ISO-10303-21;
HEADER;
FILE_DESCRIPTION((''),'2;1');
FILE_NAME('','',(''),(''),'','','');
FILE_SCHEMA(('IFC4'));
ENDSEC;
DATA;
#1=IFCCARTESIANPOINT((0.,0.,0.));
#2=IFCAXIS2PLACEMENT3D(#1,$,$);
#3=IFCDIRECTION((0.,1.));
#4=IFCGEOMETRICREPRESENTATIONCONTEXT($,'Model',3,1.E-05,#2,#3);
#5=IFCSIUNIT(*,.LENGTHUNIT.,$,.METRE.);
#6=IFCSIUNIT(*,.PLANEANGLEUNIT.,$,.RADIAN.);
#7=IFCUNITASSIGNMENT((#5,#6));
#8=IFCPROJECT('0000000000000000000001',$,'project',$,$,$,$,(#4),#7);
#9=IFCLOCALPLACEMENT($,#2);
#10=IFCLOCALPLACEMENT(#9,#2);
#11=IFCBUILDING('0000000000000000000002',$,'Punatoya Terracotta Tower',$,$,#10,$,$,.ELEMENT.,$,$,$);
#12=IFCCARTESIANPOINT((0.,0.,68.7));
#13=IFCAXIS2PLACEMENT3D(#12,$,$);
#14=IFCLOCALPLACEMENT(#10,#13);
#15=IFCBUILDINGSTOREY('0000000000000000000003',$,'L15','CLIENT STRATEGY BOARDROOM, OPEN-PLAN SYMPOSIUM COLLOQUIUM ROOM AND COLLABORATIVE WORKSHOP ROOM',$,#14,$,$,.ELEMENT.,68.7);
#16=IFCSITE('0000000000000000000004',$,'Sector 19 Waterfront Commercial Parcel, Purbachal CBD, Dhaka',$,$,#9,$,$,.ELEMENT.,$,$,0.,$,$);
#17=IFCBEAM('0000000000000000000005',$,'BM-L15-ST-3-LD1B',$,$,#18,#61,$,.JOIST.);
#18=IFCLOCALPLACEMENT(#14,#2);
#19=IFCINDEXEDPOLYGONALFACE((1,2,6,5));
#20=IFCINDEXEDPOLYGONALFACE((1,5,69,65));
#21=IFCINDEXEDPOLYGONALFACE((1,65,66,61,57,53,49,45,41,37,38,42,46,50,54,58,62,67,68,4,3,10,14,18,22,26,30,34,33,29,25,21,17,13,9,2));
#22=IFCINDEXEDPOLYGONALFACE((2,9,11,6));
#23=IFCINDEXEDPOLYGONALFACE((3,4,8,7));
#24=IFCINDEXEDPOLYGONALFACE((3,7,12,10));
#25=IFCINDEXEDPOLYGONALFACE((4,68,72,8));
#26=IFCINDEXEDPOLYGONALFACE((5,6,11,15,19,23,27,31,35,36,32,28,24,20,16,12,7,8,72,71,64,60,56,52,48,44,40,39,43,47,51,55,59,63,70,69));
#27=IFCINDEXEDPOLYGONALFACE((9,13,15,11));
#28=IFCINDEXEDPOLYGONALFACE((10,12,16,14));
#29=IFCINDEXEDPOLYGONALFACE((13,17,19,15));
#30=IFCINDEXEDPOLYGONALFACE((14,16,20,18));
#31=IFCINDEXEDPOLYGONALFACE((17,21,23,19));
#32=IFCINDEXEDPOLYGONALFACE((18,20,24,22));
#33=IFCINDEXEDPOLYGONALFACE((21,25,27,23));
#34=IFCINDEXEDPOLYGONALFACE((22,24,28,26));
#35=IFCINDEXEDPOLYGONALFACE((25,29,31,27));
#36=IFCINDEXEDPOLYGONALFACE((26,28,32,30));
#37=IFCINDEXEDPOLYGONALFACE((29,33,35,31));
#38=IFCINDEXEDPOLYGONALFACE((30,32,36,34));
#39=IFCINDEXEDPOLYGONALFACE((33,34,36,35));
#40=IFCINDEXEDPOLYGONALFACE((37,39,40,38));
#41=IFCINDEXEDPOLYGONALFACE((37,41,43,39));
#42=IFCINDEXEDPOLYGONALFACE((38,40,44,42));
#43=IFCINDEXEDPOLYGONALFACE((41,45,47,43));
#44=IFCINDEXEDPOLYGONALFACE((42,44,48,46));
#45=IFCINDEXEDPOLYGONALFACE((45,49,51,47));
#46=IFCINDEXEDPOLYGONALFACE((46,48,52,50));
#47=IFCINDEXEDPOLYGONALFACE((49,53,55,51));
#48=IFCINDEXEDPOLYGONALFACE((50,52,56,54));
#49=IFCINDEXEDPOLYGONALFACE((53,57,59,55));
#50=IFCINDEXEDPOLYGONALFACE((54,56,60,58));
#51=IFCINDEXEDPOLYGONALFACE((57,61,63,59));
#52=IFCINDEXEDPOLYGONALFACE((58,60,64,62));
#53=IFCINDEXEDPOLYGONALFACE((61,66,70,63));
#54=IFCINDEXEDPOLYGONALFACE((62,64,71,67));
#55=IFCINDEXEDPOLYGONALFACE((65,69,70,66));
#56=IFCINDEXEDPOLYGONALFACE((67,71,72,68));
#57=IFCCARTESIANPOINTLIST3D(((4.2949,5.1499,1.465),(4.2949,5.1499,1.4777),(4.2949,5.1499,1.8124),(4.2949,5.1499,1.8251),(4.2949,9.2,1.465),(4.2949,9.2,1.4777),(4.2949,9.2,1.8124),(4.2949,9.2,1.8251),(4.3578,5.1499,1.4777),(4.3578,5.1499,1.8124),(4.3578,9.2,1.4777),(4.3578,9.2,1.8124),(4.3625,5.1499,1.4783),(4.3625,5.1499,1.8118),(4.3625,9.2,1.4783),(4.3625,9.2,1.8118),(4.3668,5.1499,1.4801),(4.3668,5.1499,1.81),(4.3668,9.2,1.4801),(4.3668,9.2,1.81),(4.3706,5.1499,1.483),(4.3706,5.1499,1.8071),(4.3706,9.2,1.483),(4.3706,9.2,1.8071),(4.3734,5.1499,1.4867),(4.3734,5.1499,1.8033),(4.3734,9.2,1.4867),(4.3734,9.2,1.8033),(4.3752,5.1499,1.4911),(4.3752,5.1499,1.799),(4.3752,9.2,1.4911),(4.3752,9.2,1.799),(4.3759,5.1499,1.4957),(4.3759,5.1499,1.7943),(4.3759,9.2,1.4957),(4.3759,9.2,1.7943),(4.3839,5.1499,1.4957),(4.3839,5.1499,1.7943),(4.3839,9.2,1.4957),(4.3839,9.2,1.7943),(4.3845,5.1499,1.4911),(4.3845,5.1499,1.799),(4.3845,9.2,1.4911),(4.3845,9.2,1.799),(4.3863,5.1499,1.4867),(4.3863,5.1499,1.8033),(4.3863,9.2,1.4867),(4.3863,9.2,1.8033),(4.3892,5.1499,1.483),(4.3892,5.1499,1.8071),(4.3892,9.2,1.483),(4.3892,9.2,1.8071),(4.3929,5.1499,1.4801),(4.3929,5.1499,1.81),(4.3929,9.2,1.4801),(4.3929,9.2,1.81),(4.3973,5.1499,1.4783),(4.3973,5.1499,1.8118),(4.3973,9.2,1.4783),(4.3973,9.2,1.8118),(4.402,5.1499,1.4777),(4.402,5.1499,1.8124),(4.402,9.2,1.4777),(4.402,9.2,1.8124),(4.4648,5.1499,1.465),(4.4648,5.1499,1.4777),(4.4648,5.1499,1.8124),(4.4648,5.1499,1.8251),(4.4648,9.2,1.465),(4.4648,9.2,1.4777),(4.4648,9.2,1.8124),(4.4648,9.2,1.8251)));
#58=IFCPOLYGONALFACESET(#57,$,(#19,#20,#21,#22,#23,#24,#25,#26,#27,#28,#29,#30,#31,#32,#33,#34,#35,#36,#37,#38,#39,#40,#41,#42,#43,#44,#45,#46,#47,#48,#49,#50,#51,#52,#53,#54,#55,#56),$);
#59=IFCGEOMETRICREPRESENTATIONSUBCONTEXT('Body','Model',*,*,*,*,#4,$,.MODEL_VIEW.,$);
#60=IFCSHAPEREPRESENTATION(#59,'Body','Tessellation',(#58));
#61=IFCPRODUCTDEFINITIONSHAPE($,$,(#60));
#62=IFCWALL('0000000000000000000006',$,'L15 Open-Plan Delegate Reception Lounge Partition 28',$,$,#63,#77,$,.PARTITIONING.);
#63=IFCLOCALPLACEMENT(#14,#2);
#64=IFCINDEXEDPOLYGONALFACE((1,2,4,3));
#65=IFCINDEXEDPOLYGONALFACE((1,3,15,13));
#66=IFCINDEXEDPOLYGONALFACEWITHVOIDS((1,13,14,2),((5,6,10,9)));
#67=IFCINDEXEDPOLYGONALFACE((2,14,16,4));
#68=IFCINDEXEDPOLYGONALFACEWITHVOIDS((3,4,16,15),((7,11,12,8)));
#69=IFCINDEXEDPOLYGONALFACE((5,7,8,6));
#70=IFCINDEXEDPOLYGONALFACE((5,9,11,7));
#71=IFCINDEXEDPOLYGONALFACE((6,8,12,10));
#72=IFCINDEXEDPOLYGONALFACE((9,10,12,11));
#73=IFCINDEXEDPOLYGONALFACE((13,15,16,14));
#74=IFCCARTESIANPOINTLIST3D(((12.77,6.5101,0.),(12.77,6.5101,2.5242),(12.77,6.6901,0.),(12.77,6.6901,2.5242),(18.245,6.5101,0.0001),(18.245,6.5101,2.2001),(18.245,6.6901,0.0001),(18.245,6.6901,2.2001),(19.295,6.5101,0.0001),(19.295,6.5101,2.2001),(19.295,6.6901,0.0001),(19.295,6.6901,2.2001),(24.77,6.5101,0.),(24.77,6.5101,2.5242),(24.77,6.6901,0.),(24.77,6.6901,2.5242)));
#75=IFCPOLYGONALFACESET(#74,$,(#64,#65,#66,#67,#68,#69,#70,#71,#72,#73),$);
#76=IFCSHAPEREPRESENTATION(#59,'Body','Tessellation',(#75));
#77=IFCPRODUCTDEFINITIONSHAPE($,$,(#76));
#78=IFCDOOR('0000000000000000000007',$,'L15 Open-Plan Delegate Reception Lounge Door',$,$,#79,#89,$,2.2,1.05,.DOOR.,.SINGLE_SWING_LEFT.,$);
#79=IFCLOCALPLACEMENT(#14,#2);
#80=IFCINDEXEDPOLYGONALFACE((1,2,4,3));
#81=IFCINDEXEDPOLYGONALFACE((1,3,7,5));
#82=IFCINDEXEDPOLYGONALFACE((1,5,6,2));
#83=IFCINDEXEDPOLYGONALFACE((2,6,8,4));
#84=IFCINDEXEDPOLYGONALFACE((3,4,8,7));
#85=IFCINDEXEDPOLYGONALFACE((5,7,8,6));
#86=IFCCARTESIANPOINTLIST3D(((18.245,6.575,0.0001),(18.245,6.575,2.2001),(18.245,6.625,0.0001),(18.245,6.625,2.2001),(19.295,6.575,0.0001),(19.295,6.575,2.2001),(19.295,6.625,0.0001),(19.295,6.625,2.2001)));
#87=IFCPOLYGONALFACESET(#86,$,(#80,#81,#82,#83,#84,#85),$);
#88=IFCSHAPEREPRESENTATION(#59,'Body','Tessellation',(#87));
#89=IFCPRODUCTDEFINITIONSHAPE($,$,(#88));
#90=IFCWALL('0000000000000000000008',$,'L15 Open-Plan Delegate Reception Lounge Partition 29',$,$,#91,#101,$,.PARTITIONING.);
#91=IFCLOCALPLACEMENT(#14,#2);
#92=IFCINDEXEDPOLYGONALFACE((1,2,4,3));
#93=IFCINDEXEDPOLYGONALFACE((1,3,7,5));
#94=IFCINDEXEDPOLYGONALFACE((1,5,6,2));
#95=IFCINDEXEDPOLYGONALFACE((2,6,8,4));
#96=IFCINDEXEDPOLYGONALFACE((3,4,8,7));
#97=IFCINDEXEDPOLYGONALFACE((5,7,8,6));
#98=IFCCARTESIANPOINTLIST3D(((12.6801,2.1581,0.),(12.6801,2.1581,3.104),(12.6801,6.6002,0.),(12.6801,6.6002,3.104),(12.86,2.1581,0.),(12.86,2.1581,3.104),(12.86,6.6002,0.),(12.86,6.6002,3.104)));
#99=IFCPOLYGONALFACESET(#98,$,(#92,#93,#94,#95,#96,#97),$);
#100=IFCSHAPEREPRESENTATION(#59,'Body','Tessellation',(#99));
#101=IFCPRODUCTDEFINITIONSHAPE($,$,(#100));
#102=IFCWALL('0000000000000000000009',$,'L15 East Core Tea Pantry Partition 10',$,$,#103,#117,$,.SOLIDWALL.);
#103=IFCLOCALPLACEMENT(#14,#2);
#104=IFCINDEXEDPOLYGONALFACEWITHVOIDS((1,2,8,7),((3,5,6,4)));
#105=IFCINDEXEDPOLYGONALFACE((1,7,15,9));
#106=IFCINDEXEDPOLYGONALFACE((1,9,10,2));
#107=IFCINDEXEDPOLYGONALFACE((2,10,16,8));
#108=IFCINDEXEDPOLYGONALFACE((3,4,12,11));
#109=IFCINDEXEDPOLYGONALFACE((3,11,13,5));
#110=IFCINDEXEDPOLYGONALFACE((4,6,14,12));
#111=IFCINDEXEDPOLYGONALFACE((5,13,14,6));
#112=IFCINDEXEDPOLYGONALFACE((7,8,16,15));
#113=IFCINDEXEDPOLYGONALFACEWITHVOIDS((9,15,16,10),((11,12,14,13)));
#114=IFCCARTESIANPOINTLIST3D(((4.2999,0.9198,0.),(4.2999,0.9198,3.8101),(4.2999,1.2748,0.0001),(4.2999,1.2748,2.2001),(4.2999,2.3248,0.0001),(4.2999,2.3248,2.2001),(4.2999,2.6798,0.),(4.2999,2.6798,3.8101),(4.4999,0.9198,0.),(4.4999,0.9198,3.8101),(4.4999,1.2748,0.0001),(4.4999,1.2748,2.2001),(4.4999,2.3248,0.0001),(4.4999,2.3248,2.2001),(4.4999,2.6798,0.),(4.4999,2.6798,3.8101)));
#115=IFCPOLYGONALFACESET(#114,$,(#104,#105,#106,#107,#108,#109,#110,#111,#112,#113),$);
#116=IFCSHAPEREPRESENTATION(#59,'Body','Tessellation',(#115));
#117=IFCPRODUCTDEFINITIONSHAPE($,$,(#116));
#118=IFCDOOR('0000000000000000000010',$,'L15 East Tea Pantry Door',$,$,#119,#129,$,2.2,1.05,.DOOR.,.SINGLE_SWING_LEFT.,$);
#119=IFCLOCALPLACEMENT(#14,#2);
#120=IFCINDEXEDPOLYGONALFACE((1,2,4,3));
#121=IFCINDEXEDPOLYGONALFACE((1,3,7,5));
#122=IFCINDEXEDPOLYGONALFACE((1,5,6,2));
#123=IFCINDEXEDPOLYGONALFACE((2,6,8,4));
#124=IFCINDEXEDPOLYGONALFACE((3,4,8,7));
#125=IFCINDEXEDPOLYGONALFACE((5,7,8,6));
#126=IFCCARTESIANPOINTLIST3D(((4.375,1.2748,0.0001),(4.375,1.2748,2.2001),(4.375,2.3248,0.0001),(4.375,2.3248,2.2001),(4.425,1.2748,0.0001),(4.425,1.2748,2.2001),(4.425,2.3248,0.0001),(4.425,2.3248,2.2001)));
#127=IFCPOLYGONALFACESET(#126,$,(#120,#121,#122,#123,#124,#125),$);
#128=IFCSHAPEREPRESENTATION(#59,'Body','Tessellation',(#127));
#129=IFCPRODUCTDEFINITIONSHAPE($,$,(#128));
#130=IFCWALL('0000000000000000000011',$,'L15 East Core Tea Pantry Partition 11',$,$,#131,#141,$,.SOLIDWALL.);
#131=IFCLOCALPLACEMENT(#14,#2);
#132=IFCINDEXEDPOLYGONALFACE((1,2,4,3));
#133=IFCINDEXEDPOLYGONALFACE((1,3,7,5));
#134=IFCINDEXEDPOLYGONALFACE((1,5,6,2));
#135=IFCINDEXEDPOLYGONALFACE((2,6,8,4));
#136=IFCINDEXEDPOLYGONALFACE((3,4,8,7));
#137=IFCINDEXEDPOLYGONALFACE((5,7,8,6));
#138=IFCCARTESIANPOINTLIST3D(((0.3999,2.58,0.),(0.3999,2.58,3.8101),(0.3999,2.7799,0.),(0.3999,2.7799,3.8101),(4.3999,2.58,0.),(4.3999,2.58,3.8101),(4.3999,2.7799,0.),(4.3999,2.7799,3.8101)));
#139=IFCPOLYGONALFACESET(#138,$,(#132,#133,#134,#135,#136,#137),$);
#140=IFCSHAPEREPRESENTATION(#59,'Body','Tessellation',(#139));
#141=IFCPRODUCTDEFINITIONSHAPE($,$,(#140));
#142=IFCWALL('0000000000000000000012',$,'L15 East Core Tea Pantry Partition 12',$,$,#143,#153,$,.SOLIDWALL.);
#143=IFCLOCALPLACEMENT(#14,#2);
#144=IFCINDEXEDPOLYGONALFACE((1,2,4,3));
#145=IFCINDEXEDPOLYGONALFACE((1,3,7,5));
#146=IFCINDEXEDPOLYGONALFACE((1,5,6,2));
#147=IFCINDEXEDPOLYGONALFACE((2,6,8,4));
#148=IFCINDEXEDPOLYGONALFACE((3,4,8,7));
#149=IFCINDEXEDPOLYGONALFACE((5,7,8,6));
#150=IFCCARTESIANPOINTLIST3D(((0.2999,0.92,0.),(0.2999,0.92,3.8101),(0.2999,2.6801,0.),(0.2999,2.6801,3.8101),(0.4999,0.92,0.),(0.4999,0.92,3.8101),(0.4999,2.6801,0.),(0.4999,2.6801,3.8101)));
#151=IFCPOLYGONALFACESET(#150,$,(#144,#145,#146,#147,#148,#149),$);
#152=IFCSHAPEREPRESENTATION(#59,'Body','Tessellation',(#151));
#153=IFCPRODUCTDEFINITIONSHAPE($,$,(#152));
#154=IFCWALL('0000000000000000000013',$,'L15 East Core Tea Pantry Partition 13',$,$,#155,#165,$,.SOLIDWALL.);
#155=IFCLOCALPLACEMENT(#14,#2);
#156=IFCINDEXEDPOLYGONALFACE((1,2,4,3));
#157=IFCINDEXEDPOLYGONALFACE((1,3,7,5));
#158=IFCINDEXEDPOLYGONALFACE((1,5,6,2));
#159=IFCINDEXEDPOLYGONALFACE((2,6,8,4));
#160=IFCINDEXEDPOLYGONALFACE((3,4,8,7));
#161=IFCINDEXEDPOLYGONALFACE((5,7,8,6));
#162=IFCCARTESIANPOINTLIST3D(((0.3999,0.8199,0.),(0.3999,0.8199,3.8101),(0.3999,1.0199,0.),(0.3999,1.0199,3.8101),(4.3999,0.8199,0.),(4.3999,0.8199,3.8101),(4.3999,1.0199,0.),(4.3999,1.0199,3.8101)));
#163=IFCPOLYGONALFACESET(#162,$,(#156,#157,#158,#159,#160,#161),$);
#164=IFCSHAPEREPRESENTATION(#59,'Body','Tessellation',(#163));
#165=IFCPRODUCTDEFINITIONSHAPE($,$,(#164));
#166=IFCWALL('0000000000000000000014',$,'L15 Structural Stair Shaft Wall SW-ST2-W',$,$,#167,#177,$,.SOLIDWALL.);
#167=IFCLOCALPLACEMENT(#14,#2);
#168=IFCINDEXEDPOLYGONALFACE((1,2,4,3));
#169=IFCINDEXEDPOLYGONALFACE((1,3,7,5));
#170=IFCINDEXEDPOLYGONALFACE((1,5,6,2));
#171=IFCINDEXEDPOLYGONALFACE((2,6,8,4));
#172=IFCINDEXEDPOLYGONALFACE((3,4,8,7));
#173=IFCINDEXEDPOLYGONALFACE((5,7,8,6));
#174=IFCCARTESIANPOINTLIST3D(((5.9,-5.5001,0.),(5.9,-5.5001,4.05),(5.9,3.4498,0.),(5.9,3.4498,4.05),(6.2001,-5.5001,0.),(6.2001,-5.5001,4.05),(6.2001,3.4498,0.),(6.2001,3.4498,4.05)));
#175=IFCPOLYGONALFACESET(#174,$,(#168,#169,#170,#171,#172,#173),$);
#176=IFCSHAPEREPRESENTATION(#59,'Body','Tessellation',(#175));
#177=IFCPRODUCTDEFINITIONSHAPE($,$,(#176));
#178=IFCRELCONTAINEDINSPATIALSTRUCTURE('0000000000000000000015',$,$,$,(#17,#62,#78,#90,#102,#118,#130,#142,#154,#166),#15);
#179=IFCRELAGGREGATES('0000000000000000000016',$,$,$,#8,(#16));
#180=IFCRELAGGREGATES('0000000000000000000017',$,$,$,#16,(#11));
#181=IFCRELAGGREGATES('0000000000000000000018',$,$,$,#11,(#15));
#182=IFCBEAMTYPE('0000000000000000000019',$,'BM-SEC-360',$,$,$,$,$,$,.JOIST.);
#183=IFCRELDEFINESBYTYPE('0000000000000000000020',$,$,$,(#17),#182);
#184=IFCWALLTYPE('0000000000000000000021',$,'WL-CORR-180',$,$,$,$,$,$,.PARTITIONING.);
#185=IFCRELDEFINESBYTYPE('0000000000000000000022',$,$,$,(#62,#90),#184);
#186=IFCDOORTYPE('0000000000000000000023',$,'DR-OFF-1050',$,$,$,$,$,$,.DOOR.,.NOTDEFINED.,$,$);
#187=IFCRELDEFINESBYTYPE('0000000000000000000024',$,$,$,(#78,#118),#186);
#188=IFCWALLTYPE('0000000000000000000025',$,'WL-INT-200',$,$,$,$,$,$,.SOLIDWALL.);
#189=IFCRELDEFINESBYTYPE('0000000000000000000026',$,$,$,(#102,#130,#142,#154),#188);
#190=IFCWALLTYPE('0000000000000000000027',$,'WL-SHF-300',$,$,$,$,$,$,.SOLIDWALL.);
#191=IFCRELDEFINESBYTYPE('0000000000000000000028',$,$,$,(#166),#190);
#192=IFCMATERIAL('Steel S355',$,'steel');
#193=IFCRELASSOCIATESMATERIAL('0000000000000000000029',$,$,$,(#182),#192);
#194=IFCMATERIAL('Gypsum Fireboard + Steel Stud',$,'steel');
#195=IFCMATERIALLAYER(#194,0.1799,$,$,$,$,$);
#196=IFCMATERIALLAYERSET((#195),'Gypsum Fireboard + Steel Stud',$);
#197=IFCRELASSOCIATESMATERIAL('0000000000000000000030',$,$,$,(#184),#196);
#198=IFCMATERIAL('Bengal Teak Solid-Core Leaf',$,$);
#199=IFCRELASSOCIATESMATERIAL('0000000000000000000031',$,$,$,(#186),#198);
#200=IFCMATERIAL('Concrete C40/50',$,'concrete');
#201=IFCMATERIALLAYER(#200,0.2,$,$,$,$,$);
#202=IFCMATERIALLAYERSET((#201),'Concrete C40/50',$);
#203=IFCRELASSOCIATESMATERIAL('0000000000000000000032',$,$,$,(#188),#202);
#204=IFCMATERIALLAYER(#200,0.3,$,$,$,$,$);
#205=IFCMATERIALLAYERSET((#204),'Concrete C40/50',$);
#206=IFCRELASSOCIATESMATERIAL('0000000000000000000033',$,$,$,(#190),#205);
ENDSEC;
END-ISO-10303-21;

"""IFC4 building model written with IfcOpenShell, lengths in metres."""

from ifc_helpers import new_model, si_unit, direction, frame, frame_2d, origin, origin_2d, place, context, subcontext, project, spatial, rectangle, i_section, extrude, material, layer, layer_set, material_profile, profile_set, type_object, element, fill, save


model = new_model("IFC4")

# Units and contexts
model_context = context("Model", 3, precision=1e-05, world=origin(), true_north=direction((0.0, 1.0)))
body_context = subcontext(model_context, "Body", "Model", "MODEL_VIEW")
ifc_project = project(units=[si_unit("LENGTHUNIT", "METRE"), si_unit("PLANEANGLEUNIT", "RADIAN")], contexts=[model_context])

# Site, building, storey
site_placement = place(None, origin())
site = spatial("IfcSite", under=ifc_project, at=site_placement, Name="Sector 19 Waterfront Commercial Parcel, Purbachal CBD, Dhaka", CompositionType="ELEMENT", RefElevation=0.0)
building_placement = place(site_placement, origin())
building = spatial("IfcBuilding", under=site, at=building_placement, Name="Punatoya Terracotta Tower", CompositionType="ELEMENT")
storey_placement = place(building_placement, frame((0.0, 0.0, 68.7)))
storey = spatial("IfcBuildingStorey", under=building, at=storey_placement, Name="L15", Description="CLIENT STRATEGY BOARDROOM, OPEN-PLAN SYMPOSIUM COLLOQUIUM ROOM AND COLLABORATIVE WORKSHOP ROOM", CompositionType="ELEMENT", Elevation=68.7)

# Beam
ifc_material_1 = material(Name="Steel S355", Category="steel")
ifc_material_profile_1 = material_profile(ifc_material_1, i_section(OverallWidth=0.1699, OverallDepth=0.3601, WebThickness=0.0081, FlangeThickness=0.0127, FilletRadius=0.0181, at=origin_2d()))
ifc_profile_set_1 = profile_set([ifc_material_profile_1], Name="Steel S355")
beam_type_1 = type_object("IfcBeamType", Name="BM-SEC-360", PredefinedType="JOIST", material=ifc_profile_set_1)
for number, where, z_axis, x_axis, name in (
    (1, (4.3799, 5.1499, 1.645), (0.0, 1.0, 0.0), (-1.0, 0.0, 0.0), "BM-L15-ST-3-LD1B"),
):
    element("IfcBeam", number, at=place(storey_placement, frame(where, z_axis=z_axis, x_axis=x_axis)), inside=storey, type_object=beam_type_1, Name=name, PredefinedType="JOIST", context=body_context, shape_type="SweptSolid", body=[
        extrude(i_section(OverallWidth=0.1699, OverallDepth=0.3601, WebThickness=0.0081, FlangeThickness=0.0127, FilletRadius=0.0181, at=origin_2d()), origin(), (0.0, 0.0, 1.0), 4.05),
    ])

# Wall, opening, door
ifc_material_2 = material(Name="Gypsum Fireboard + Steel Stud", Category="steel")
ifc_layer_1 = layer(ifc_material_2, 0.1799)
ifc_layer_set_1 = layer_set([ifc_layer_1], Name="Gypsum Fireboard + Steel Stud")
wall_type_1 = type_object("IfcWallType", Name="WL-CORR-180", PredefinedType="PARTITIONING", material=ifc_layer_set_1)
wall_1_placement = place(storey_placement, frame((12.77, 6.6001, 0.0), z_axis=(0.0, 0.0, 1.0), x_axis=(1.0, 0.0, 0.0)))
wall_1 = element("IfcWall", 2, at=wall_1_placement, inside=storey, type_object=wall_type_1, Name="L15 Open-Plan Delegate Reception Lounge Partition 28", PredefinedType="PARTITIONING", context=body_context, shape_type="SweptSolid", body=[
    extrude(rectangle(XDim=12.0, YDim=0.1799, at=frame_2d((6.0, 0.0))), origin(), (0.0, 0.0, 1.0), 2.5242),
])
opening_1_placement = place(wall_1_placement, frame((5.4751, 0.0, 0.0)))
opening_1 = element("IfcOpeningElement", 3, at=opening_1_placement, cuts=wall_1, PredefinedType="OPENING", context=body_context, shape_type="SweptSolid", body=[
    extrude(rectangle(XDim=1.05, YDim=2.2, at=frame_2d((0.5249, 1.1001))), frame((0.0, 0.0999, 0.0), z_axis=(0.0, -1.0, 0.0), x_axis=(1.0, 0.0, 0.0)), (0.0, 0.0, 1.0), 0.2),
])
ifc_material_3 = material(Name="Bengal Teak Solid-Core Leaf")
door_type = type_object("IfcDoorType", Name="DR-OFF-1050", OperationType="NOTDEFINED", PredefinedType="DOOR", material=ifc_material_3)
door_1_placement = place(opening_1_placement, origin())
door_1 = element("IfcDoor", 4, at=door_1_placement, inside=storey, type_object=door_type, Name="L15 Open-Plan Delegate Reception Lounge Door", OperationType="SINGLE_SWING_LEFT", OverallHeight=2.2, OverallWidth=1.05, PredefinedType="DOOR", context=body_context, shape_type="SweptSolid", body=[
    extrude(rectangle(XDim=1.05, YDim=2.2, at=frame_2d((0.5249, 1.1001))), frame((0.0, 0.0249, 0.0), z_axis=(0.0, -1.0, 0.0), x_axis=(1.0, 0.0, 0.0)), (0.0, 0.0, 1.0), 0.05),
])
fill(opening_1, door_1)

# Wall
wall_2_placement = place(storey_placement, frame((12.77, 2.158, 0.0), z_axis=(0.0, 0.0, 1.0), x_axis=(0.0, 1.0, 0.0)))
element("IfcWall", 5, at=wall_2_placement, inside=storey, type_object=wall_type_1, Name="L15 Open-Plan Delegate Reception Lounge Partition 29", PredefinedType="PARTITIONING", context=body_context, shape_type="SweptSolid", body=[
    extrude(rectangle(XDim=4.4421, YDim=0.1799, at=frame_2d((2.2212, 0.0))), origin(), (0.0, 0.0, 1.0), 3.104),
])

# Wall, opening, door
ifc_material_4 = material(Name="Concrete C40/50", Category="concrete")
ifc_layer_2 = layer(ifc_material_4, 0.2)
ifc_layer_set_2 = layer_set([ifc_layer_2], Name="Concrete C40/50")
wall_type_2 = type_object("IfcWallType", Name="WL-INT-200", PredefinedType="SOLIDWALL", material=ifc_layer_set_2)
wall_3_placement = place(storey_placement, frame((4.3999, 0.9199, 0.0), z_axis=(0.0, 0.0, 1.0), x_axis=(0.0, 1.0, 0.0)))
wall_3 = element("IfcWall", 6, at=wall_3_placement, inside=storey, type_object=wall_type_2, Name="L15 East Core Tea Pantry Partition 10", PredefinedType="SOLIDWALL", context=body_context, shape_type="SweptSolid", body=[
    extrude(rectangle(XDim=1.76, YDim=0.2, at=frame_2d((0.8799, 0.0))), origin(), (0.0, 0.0, 1.0), 3.8101),
])
opening_2_placement = place(wall_3_placement, frame((0.355, 0.0, 0.0)))
opening_2 = element("IfcOpeningElement", 7, at=opening_2_placement, cuts=wall_3, PredefinedType="OPENING", context=body_context, shape_type="SweptSolid", body=[
    extrude(rectangle(XDim=1.05, YDim=2.2, at=frame_2d((0.5249, 1.1001))), frame((0.0, 0.1099, 0.0), z_axis=(0.0, -1.0, 0.0), x_axis=(1.0, 0.0, 0.0)), (0.0, 0.0, 1.0), 0.22),
])
door_2_placement = place(opening_2_placement, origin())
door_2 = element("IfcDoor", 8, at=door_2_placement, inside=storey, type_object=door_type, Name="L15 East Tea Pantry Door", OperationType="SINGLE_SWING_LEFT", OverallHeight=2.2, OverallWidth=1.05, PredefinedType="DOOR", context=body_context, shape_type="SweptSolid", body=[
    extrude(rectangle(XDim=1.05, YDim=2.2, at=frame_2d((0.5249, 1.1001))), frame((0.0, 0.0249, 0.0), z_axis=(0.0, -1.0, 0.0), x_axis=(1.0, 0.0, 0.0)), (0.0, 0.0, 1.0), 0.05),
])
fill(opening_2, door_2)

# Walls
wall_4_placement = place(storey_placement, frame((4.3999, 2.6799, 0.0), z_axis=(0.0, 0.0, 1.0), x_axis=(-1.0, 0.0, 0.0)))
element("IfcWall", 9, at=wall_4_placement, inside=storey, type_object=wall_type_2, Name="L15 East Core Tea Pantry Partition 11", PredefinedType="SOLIDWALL", context=body_context, shape_type="SweptSolid", body=[
    extrude(rectangle(XDim=4.0, YDim=0.2, at=frame_2d((2.0, 0.0))), origin(), (0.0, 0.0, 1.0), 3.8101),
])
wall_5_placement = place(storey_placement, frame((0.3999, 2.6799, 0.0), z_axis=(0.0, 0.0, 1.0), x_axis=(0.0, -1.0, 0.0)))
element("IfcWall", 10, at=wall_5_placement, inside=storey, type_object=wall_type_2, Name="L15 East Core Tea Pantry Partition 12", PredefinedType="SOLIDWALL", context=body_context, shape_type="SweptSolid", body=[
    extrude(rectangle(XDim=1.76, YDim=0.2, at=frame_2d((0.8799, 0.0))), origin(), (0.0, 0.0, 1.0), 3.8101),
])
wall_6_placement = place(storey_placement, frame((0.3999, 0.9199, 0.0), z_axis=(0.0, 0.0, 1.0), x_axis=(1.0, 0.0, 0.0)))
element("IfcWall", 11, at=wall_6_placement, inside=storey, type_object=wall_type_2, Name="L15 East Core Tea Pantry Partition 13", PredefinedType="SOLIDWALL", context=body_context, shape_type="SweptSolid", body=[
    extrude(rectangle(XDim=4.0, YDim=0.2, at=frame_2d((2.0, 0.0))), origin(), (0.0, 0.0, 1.0), 3.8101),
])
ifc_layer_3 = layer(ifc_material_4, 0.3)
ifc_layer_set_3 = layer_set([ifc_layer_3], Name="Concrete C40/50")
wall_type_3 = type_object("IfcWallType", Name="WL-SHF-300", PredefinedType="SOLIDWALL", material=ifc_layer_set_3)
wall_7_placement = place(storey_placement, frame((6.05, 3.45, 0.0), z_axis=(0.0, 0.0, 1.0), x_axis=(0.0, -1.0, 0.0)))
element("IfcWall", 12, at=wall_7_placement, inside=storey, type_object=wall_type_3, Name="L15 Structural Stair Shaft Wall SW-ST2-W", PredefinedType="SOLIDWALL", context=body_context, shape_type="SweptSolid", body=[
    extrude(rectangle(XDim=8.95, YDim=0.3, at=frame_2d((4.4751, 0.0))), origin(), (0.0, 0.0, 1.0), 4.05),
])

save(model, "model.ifc")
